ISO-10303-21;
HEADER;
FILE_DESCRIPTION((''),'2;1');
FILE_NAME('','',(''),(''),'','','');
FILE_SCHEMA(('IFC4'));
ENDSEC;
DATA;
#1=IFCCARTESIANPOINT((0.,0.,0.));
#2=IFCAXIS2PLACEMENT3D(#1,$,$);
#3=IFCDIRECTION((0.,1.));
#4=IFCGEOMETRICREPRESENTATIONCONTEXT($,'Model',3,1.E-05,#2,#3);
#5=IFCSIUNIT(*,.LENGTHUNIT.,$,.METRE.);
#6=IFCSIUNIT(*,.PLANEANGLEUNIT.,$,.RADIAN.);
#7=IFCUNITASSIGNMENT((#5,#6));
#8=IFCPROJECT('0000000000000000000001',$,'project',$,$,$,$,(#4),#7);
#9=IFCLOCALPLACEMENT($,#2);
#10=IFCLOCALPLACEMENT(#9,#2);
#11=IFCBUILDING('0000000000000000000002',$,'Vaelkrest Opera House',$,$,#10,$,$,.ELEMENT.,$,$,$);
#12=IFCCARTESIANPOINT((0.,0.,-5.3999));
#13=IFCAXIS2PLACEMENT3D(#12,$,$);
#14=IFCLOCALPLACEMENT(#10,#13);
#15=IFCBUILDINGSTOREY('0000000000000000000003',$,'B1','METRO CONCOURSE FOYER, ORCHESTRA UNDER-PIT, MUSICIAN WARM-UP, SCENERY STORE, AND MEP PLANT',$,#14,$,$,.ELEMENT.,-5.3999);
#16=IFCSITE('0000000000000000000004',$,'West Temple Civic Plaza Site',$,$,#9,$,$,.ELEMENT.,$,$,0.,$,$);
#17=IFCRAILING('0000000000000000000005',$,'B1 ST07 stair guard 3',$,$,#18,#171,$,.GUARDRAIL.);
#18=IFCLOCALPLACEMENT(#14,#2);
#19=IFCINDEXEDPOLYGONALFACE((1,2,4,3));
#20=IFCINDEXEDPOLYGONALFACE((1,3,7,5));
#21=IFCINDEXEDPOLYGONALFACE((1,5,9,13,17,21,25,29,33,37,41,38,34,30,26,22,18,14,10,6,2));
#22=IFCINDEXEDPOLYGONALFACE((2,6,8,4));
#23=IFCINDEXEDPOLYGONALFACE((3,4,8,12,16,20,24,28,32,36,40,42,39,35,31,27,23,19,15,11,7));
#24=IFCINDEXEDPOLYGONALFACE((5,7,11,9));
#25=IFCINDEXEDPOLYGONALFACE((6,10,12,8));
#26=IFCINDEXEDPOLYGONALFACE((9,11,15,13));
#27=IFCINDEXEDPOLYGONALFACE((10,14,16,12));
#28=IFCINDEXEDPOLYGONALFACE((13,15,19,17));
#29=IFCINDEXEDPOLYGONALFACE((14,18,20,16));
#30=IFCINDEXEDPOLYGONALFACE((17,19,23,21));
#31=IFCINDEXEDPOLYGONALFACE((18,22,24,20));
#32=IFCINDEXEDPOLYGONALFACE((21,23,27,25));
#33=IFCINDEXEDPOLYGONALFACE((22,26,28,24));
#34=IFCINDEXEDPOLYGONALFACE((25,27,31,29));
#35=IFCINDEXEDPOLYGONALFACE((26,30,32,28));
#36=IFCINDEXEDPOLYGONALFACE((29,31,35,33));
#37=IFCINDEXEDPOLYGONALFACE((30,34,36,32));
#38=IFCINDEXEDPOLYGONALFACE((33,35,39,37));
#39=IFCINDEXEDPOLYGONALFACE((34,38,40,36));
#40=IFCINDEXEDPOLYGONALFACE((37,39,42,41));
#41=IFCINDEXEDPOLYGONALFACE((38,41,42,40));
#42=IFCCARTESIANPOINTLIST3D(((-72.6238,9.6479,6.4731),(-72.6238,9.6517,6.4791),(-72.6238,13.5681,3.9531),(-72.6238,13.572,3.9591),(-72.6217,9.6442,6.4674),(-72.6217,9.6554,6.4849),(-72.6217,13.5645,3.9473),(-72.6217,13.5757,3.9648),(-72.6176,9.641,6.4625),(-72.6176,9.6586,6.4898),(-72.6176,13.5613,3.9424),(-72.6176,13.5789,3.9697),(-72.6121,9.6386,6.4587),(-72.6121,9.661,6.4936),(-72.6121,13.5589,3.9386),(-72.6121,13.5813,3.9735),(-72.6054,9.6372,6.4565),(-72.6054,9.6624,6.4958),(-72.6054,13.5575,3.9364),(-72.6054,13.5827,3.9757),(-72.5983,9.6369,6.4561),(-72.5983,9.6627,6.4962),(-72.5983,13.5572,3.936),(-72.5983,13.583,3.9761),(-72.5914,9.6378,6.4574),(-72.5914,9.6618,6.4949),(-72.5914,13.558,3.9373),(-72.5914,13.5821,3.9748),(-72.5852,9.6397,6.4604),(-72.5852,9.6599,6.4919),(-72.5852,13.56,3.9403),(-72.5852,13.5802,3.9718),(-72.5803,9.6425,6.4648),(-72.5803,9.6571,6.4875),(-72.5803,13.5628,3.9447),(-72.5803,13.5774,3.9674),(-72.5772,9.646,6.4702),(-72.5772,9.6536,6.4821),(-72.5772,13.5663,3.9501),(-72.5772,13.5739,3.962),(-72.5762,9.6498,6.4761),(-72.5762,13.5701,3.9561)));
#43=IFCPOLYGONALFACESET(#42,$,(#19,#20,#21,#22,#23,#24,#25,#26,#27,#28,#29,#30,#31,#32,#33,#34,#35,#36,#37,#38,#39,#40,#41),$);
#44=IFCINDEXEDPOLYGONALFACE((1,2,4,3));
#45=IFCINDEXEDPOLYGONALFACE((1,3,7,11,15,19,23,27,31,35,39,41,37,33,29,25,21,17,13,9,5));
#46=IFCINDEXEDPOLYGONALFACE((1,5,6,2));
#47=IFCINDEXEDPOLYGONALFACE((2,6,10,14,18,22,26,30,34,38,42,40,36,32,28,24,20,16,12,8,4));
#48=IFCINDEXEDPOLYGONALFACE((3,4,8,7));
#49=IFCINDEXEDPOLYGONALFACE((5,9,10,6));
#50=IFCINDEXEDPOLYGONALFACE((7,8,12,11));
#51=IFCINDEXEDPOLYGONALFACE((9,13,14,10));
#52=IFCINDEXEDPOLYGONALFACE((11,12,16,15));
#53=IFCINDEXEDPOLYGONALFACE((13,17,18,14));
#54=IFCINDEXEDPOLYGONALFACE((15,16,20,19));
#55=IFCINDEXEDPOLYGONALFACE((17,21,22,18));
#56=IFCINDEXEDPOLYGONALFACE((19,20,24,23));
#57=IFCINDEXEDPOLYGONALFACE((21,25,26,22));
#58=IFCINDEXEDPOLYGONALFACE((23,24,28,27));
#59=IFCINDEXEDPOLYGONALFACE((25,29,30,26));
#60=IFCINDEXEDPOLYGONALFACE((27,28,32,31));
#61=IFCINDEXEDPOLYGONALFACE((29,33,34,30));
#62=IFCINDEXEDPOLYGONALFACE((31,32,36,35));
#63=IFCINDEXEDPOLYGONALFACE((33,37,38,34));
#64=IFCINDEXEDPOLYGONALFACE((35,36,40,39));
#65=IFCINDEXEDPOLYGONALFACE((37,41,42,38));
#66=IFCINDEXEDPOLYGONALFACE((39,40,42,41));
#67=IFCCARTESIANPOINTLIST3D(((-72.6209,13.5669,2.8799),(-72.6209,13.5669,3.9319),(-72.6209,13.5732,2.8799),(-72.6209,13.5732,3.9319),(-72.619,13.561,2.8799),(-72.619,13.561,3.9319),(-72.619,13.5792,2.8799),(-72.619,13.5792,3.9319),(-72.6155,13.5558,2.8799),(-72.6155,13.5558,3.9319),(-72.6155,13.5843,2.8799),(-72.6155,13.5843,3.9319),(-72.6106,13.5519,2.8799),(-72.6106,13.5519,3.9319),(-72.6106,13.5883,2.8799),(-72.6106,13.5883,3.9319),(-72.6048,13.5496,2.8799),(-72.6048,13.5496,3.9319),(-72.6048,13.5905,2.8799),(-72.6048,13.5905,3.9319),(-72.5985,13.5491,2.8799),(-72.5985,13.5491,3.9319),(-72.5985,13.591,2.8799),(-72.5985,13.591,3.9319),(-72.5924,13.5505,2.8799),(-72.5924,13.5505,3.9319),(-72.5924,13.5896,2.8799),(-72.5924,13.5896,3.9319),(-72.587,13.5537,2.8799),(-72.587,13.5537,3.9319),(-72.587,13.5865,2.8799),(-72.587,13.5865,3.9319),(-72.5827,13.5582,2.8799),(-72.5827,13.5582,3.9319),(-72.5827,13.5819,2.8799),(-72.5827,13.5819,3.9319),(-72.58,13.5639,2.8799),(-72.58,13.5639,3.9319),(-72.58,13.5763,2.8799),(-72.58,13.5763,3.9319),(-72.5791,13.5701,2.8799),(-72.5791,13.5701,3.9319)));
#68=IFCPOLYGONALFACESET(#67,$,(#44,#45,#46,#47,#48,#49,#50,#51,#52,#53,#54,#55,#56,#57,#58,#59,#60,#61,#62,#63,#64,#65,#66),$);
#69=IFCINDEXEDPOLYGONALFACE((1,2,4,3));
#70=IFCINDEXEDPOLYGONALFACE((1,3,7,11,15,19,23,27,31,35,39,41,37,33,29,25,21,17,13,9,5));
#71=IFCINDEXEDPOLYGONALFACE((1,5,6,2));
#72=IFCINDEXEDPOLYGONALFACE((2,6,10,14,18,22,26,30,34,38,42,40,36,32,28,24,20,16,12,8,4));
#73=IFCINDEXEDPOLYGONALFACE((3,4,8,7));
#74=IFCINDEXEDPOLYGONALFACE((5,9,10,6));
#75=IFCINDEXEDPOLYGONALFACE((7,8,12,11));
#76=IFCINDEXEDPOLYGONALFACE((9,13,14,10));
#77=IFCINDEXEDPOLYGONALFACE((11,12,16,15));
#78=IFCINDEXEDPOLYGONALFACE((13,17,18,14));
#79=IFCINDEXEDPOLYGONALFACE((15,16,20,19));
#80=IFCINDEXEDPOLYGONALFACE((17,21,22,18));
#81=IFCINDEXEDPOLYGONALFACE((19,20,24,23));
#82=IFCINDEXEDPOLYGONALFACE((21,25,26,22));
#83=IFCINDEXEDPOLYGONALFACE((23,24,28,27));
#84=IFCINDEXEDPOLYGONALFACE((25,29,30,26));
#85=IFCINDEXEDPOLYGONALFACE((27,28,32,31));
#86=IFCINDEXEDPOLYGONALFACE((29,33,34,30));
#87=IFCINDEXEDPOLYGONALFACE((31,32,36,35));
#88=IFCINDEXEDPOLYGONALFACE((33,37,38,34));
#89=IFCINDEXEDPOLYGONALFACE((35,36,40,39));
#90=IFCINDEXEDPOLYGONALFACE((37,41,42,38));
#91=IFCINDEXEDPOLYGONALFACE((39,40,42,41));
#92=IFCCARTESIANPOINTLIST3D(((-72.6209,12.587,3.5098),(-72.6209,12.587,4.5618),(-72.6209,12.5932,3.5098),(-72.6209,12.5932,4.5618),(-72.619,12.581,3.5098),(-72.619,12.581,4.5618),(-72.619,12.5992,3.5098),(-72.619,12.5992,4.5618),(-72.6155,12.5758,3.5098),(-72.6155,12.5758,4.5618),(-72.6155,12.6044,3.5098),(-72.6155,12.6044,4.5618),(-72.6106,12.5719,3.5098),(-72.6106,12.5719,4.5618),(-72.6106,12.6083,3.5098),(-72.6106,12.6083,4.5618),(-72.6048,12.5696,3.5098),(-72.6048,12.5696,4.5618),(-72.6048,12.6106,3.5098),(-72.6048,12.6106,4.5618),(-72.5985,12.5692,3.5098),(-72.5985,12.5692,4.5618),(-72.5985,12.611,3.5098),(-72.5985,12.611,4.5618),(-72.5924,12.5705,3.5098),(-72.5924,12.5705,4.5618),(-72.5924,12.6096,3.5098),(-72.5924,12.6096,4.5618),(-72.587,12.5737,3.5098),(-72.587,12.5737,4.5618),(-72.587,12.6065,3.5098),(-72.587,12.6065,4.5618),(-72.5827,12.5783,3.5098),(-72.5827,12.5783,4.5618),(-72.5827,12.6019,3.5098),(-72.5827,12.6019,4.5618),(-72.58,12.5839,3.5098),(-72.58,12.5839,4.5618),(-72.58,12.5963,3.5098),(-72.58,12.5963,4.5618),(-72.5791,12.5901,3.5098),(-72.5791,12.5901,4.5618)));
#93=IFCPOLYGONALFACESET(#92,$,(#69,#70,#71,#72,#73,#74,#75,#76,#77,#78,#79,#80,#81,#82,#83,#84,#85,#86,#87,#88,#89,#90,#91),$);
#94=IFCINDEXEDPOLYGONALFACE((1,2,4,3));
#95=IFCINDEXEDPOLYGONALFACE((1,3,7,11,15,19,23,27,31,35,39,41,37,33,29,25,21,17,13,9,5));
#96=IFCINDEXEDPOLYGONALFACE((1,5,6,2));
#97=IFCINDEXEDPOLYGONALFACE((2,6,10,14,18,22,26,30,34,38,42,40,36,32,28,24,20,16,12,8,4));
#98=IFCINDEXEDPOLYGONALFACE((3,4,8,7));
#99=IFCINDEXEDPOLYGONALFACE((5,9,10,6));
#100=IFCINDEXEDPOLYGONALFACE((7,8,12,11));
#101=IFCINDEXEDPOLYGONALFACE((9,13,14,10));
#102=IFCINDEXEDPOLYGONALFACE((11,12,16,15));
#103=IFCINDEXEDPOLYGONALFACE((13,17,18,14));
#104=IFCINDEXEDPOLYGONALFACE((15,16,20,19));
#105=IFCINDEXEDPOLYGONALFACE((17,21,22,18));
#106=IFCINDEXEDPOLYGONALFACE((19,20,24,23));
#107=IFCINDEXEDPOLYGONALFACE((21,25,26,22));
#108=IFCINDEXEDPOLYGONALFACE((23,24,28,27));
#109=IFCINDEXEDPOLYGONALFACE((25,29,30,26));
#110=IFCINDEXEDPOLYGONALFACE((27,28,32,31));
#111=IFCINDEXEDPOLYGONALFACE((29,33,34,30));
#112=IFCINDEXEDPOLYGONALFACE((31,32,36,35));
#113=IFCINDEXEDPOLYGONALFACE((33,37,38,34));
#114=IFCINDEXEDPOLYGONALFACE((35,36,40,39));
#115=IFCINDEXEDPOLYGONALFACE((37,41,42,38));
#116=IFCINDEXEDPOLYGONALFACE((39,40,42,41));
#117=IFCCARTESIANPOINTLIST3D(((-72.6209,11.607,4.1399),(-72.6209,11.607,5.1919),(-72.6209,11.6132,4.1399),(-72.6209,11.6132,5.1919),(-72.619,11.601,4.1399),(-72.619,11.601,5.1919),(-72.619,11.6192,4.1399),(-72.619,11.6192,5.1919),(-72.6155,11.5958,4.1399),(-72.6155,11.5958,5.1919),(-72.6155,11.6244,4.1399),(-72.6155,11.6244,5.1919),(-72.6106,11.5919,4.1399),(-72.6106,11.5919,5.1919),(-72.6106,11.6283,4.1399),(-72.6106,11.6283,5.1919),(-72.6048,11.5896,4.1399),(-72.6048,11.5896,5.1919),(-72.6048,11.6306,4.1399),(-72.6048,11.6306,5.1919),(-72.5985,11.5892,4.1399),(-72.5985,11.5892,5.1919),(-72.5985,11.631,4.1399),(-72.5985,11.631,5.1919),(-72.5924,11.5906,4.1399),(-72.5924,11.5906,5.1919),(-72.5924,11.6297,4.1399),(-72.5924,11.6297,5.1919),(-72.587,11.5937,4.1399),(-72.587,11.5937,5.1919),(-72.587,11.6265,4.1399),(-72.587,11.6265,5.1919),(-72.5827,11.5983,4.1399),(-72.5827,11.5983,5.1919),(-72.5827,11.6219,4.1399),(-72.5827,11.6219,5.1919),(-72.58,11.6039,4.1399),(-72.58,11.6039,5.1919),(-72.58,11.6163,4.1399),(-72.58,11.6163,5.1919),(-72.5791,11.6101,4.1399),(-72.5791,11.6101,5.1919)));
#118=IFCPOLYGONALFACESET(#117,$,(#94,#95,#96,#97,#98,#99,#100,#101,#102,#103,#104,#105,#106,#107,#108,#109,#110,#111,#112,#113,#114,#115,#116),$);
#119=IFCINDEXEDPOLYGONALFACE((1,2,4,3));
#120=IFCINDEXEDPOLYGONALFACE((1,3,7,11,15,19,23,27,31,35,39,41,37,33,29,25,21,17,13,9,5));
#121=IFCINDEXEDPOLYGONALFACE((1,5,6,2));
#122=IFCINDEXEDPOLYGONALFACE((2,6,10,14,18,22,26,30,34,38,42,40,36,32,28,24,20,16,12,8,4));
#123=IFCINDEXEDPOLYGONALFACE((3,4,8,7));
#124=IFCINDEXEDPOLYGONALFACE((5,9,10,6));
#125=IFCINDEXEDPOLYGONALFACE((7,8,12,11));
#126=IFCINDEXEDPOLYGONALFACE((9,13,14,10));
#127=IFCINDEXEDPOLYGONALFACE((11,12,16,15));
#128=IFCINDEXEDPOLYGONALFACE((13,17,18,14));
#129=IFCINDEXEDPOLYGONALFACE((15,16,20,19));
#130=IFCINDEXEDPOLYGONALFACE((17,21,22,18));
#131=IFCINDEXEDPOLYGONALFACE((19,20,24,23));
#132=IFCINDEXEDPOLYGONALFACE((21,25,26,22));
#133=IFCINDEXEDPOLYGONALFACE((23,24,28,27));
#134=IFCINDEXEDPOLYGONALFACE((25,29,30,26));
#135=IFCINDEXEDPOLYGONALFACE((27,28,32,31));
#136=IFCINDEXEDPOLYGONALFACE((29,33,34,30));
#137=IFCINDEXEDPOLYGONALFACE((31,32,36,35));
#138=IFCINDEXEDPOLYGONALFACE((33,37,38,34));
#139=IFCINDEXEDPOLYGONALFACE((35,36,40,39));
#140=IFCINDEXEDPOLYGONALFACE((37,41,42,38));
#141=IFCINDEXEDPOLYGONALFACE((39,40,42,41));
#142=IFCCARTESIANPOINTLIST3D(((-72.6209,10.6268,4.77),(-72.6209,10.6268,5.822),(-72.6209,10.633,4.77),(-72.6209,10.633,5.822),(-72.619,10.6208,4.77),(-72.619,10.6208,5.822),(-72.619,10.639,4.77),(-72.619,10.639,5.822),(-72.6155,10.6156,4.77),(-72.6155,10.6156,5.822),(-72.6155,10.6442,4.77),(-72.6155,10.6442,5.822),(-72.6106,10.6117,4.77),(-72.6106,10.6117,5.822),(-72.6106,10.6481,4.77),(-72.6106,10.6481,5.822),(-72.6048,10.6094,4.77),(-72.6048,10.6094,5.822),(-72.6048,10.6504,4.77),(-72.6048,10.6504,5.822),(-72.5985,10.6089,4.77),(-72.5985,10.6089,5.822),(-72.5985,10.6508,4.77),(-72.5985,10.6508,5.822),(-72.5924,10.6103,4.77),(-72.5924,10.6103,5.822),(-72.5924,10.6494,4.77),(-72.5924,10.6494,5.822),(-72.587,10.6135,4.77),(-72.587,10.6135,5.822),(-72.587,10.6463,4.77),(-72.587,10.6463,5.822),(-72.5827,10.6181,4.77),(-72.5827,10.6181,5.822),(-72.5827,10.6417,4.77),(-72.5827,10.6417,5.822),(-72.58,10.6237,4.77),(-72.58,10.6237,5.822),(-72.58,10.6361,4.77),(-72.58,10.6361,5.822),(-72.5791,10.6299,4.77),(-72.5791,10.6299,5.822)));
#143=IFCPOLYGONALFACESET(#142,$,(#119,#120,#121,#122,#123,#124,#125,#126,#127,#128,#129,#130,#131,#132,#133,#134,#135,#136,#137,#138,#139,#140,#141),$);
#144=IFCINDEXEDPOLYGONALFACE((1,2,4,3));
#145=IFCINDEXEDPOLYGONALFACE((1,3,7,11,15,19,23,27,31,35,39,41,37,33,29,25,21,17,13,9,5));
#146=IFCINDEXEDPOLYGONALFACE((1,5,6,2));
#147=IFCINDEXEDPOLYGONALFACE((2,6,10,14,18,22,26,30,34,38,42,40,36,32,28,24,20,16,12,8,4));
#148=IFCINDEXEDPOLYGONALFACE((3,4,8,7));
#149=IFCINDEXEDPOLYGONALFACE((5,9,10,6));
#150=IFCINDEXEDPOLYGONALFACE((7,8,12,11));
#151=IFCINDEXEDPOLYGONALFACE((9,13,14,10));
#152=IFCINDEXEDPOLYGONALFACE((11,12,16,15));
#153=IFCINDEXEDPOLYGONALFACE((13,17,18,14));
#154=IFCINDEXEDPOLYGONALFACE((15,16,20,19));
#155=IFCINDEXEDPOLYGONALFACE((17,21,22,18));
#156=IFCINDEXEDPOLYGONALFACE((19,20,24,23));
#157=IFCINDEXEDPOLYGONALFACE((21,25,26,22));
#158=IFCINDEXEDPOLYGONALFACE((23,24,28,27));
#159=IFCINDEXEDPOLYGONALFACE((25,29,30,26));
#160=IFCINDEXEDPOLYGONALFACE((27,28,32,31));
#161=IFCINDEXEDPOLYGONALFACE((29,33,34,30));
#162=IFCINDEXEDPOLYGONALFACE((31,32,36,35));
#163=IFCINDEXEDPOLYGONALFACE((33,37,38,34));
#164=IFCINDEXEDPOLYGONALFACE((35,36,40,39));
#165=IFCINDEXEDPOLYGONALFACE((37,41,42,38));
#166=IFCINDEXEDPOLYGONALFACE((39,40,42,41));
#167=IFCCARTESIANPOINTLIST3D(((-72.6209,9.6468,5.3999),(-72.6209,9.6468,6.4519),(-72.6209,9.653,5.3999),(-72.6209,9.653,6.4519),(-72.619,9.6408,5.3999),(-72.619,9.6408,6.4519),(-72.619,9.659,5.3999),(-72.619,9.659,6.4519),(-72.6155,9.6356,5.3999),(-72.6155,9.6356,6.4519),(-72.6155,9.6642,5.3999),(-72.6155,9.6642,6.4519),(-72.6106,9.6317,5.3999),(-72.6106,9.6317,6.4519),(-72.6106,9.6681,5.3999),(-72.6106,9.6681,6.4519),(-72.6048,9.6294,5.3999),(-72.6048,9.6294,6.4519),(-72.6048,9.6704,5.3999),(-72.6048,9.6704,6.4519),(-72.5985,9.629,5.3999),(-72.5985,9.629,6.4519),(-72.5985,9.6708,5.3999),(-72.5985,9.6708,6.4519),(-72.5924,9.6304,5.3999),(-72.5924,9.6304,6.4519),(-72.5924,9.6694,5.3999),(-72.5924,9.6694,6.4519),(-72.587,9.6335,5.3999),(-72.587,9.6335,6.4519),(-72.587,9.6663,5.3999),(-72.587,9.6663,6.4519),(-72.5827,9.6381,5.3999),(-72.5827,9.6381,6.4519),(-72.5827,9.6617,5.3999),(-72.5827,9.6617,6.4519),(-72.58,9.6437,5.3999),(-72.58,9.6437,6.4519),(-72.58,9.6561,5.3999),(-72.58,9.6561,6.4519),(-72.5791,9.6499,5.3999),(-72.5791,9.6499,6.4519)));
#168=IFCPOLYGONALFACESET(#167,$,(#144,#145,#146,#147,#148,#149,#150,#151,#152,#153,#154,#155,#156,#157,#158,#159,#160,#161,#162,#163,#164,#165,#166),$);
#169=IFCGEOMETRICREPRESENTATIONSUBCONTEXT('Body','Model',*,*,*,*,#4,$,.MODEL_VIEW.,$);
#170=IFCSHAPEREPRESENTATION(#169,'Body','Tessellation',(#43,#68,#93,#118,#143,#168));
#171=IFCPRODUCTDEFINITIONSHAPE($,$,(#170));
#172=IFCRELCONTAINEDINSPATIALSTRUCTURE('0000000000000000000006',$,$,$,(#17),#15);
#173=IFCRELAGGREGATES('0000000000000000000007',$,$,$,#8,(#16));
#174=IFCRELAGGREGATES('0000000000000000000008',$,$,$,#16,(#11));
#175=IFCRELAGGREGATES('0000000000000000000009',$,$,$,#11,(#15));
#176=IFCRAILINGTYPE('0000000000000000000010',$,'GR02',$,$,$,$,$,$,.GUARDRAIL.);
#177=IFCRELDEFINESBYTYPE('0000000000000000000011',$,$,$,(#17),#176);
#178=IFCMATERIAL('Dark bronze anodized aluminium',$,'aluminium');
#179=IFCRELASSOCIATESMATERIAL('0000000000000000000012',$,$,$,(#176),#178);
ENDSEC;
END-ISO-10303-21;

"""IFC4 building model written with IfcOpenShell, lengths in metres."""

from ifc_helpers import new_model, si_unit, direction, frame, origin, origin_2d, place, context, subcontext, project, spatial, circle, extrude, material, type_object, element, save


model = new_model("IFC4")

# Units and contexts
model_context = context("Model", 3, precision=1e-05, world=origin(), true_north=direction((0.0, 1.0)))
body_context = subcontext(model_context, "Body", "Model", "MODEL_VIEW")
ifc_project = project(units=[si_unit("LENGTHUNIT", "METRE"), si_unit("PLANEANGLEUNIT", "RADIAN")], contexts=[model_context])

# Site, building, storey
site_placement = place(None, origin())
site = spatial("IfcSite", under=ifc_project, at=site_placement, Name="West Temple Civic Plaza Site", CompositionType="ELEMENT", RefElevation=0.0)
building_placement = place(site_placement, origin())
building = spatial("IfcBuilding", under=site, at=building_placement, Name="Vaelkrest Opera House", CompositionType="ELEMENT")
storey_placement = place(building_placement, frame((0.0, 0.0, -5.3999)))
storey = spatial("IfcBuildingStorey", under=building, at=storey_placement, Name="B1", Description="METRO CONCOURSE FOYER, ORCHESTRA UNDER-PIT, MUSICIAN WARM-UP, SCENERY STORE, AND MEP PLANT", CompositionType="ELEMENT", Elevation=-5.3999)

# Railing
ifc_material_1 = material(Name="Dark bronze anodized aluminium", Category="aluminium")
railing_type_1 = type_object("IfcRailingType", Name="GR02", PredefinedType="GUARDRAIL", material=ifc_material_1)
railing_1_placement = place(storey_placement, frame((-72.6001, 13.5701, 2.8799)))
element("IfcRailing", 1, at=railing_1_placement, inside=storey, type_object=railing_type_1, Name="B1 ST07 stair guard 3", PredefinedType="GUARDRAIL", context=body_context, shape_type="SweptSolid", body=[
    extrude(circle(Radius=0.0239, at=origin_2d()), frame((0.0, 0.0, 1.0762), z_axis=(0.0, -0.841187, 0.540744), x_axis=(1.0, 0.0, 0.0)), (0.0, 0.0, 1.0), 4.6604),
    extrude(circle(Radius=0.021, at=origin_2d()), origin(), (0.0, 0.0, 1.0), 1.052),
    extrude(circle(Radius=0.021, at=origin_2d()), frame((0.0, -0.98, 0.6299)), (0.0, 0.0, 1.0), 1.052),
    extrude(circle(Radius=0.021, at=origin_2d()), frame((0.0, -1.96, 1.26)), (0.0, 0.0, 1.0), 1.052),
    extrude(circle(Radius=0.021, at=origin_2d()), frame((0.0, -2.9402, 1.8901)), (0.0, 0.0, 1.0), 1.052),
    extrude(circle(Radius=0.021, at=origin_2d()), frame((0.0, -3.9202, 2.52)), (0.0, 0.0, 1.0), 1.052),
])

save(model, "model.ifc")
